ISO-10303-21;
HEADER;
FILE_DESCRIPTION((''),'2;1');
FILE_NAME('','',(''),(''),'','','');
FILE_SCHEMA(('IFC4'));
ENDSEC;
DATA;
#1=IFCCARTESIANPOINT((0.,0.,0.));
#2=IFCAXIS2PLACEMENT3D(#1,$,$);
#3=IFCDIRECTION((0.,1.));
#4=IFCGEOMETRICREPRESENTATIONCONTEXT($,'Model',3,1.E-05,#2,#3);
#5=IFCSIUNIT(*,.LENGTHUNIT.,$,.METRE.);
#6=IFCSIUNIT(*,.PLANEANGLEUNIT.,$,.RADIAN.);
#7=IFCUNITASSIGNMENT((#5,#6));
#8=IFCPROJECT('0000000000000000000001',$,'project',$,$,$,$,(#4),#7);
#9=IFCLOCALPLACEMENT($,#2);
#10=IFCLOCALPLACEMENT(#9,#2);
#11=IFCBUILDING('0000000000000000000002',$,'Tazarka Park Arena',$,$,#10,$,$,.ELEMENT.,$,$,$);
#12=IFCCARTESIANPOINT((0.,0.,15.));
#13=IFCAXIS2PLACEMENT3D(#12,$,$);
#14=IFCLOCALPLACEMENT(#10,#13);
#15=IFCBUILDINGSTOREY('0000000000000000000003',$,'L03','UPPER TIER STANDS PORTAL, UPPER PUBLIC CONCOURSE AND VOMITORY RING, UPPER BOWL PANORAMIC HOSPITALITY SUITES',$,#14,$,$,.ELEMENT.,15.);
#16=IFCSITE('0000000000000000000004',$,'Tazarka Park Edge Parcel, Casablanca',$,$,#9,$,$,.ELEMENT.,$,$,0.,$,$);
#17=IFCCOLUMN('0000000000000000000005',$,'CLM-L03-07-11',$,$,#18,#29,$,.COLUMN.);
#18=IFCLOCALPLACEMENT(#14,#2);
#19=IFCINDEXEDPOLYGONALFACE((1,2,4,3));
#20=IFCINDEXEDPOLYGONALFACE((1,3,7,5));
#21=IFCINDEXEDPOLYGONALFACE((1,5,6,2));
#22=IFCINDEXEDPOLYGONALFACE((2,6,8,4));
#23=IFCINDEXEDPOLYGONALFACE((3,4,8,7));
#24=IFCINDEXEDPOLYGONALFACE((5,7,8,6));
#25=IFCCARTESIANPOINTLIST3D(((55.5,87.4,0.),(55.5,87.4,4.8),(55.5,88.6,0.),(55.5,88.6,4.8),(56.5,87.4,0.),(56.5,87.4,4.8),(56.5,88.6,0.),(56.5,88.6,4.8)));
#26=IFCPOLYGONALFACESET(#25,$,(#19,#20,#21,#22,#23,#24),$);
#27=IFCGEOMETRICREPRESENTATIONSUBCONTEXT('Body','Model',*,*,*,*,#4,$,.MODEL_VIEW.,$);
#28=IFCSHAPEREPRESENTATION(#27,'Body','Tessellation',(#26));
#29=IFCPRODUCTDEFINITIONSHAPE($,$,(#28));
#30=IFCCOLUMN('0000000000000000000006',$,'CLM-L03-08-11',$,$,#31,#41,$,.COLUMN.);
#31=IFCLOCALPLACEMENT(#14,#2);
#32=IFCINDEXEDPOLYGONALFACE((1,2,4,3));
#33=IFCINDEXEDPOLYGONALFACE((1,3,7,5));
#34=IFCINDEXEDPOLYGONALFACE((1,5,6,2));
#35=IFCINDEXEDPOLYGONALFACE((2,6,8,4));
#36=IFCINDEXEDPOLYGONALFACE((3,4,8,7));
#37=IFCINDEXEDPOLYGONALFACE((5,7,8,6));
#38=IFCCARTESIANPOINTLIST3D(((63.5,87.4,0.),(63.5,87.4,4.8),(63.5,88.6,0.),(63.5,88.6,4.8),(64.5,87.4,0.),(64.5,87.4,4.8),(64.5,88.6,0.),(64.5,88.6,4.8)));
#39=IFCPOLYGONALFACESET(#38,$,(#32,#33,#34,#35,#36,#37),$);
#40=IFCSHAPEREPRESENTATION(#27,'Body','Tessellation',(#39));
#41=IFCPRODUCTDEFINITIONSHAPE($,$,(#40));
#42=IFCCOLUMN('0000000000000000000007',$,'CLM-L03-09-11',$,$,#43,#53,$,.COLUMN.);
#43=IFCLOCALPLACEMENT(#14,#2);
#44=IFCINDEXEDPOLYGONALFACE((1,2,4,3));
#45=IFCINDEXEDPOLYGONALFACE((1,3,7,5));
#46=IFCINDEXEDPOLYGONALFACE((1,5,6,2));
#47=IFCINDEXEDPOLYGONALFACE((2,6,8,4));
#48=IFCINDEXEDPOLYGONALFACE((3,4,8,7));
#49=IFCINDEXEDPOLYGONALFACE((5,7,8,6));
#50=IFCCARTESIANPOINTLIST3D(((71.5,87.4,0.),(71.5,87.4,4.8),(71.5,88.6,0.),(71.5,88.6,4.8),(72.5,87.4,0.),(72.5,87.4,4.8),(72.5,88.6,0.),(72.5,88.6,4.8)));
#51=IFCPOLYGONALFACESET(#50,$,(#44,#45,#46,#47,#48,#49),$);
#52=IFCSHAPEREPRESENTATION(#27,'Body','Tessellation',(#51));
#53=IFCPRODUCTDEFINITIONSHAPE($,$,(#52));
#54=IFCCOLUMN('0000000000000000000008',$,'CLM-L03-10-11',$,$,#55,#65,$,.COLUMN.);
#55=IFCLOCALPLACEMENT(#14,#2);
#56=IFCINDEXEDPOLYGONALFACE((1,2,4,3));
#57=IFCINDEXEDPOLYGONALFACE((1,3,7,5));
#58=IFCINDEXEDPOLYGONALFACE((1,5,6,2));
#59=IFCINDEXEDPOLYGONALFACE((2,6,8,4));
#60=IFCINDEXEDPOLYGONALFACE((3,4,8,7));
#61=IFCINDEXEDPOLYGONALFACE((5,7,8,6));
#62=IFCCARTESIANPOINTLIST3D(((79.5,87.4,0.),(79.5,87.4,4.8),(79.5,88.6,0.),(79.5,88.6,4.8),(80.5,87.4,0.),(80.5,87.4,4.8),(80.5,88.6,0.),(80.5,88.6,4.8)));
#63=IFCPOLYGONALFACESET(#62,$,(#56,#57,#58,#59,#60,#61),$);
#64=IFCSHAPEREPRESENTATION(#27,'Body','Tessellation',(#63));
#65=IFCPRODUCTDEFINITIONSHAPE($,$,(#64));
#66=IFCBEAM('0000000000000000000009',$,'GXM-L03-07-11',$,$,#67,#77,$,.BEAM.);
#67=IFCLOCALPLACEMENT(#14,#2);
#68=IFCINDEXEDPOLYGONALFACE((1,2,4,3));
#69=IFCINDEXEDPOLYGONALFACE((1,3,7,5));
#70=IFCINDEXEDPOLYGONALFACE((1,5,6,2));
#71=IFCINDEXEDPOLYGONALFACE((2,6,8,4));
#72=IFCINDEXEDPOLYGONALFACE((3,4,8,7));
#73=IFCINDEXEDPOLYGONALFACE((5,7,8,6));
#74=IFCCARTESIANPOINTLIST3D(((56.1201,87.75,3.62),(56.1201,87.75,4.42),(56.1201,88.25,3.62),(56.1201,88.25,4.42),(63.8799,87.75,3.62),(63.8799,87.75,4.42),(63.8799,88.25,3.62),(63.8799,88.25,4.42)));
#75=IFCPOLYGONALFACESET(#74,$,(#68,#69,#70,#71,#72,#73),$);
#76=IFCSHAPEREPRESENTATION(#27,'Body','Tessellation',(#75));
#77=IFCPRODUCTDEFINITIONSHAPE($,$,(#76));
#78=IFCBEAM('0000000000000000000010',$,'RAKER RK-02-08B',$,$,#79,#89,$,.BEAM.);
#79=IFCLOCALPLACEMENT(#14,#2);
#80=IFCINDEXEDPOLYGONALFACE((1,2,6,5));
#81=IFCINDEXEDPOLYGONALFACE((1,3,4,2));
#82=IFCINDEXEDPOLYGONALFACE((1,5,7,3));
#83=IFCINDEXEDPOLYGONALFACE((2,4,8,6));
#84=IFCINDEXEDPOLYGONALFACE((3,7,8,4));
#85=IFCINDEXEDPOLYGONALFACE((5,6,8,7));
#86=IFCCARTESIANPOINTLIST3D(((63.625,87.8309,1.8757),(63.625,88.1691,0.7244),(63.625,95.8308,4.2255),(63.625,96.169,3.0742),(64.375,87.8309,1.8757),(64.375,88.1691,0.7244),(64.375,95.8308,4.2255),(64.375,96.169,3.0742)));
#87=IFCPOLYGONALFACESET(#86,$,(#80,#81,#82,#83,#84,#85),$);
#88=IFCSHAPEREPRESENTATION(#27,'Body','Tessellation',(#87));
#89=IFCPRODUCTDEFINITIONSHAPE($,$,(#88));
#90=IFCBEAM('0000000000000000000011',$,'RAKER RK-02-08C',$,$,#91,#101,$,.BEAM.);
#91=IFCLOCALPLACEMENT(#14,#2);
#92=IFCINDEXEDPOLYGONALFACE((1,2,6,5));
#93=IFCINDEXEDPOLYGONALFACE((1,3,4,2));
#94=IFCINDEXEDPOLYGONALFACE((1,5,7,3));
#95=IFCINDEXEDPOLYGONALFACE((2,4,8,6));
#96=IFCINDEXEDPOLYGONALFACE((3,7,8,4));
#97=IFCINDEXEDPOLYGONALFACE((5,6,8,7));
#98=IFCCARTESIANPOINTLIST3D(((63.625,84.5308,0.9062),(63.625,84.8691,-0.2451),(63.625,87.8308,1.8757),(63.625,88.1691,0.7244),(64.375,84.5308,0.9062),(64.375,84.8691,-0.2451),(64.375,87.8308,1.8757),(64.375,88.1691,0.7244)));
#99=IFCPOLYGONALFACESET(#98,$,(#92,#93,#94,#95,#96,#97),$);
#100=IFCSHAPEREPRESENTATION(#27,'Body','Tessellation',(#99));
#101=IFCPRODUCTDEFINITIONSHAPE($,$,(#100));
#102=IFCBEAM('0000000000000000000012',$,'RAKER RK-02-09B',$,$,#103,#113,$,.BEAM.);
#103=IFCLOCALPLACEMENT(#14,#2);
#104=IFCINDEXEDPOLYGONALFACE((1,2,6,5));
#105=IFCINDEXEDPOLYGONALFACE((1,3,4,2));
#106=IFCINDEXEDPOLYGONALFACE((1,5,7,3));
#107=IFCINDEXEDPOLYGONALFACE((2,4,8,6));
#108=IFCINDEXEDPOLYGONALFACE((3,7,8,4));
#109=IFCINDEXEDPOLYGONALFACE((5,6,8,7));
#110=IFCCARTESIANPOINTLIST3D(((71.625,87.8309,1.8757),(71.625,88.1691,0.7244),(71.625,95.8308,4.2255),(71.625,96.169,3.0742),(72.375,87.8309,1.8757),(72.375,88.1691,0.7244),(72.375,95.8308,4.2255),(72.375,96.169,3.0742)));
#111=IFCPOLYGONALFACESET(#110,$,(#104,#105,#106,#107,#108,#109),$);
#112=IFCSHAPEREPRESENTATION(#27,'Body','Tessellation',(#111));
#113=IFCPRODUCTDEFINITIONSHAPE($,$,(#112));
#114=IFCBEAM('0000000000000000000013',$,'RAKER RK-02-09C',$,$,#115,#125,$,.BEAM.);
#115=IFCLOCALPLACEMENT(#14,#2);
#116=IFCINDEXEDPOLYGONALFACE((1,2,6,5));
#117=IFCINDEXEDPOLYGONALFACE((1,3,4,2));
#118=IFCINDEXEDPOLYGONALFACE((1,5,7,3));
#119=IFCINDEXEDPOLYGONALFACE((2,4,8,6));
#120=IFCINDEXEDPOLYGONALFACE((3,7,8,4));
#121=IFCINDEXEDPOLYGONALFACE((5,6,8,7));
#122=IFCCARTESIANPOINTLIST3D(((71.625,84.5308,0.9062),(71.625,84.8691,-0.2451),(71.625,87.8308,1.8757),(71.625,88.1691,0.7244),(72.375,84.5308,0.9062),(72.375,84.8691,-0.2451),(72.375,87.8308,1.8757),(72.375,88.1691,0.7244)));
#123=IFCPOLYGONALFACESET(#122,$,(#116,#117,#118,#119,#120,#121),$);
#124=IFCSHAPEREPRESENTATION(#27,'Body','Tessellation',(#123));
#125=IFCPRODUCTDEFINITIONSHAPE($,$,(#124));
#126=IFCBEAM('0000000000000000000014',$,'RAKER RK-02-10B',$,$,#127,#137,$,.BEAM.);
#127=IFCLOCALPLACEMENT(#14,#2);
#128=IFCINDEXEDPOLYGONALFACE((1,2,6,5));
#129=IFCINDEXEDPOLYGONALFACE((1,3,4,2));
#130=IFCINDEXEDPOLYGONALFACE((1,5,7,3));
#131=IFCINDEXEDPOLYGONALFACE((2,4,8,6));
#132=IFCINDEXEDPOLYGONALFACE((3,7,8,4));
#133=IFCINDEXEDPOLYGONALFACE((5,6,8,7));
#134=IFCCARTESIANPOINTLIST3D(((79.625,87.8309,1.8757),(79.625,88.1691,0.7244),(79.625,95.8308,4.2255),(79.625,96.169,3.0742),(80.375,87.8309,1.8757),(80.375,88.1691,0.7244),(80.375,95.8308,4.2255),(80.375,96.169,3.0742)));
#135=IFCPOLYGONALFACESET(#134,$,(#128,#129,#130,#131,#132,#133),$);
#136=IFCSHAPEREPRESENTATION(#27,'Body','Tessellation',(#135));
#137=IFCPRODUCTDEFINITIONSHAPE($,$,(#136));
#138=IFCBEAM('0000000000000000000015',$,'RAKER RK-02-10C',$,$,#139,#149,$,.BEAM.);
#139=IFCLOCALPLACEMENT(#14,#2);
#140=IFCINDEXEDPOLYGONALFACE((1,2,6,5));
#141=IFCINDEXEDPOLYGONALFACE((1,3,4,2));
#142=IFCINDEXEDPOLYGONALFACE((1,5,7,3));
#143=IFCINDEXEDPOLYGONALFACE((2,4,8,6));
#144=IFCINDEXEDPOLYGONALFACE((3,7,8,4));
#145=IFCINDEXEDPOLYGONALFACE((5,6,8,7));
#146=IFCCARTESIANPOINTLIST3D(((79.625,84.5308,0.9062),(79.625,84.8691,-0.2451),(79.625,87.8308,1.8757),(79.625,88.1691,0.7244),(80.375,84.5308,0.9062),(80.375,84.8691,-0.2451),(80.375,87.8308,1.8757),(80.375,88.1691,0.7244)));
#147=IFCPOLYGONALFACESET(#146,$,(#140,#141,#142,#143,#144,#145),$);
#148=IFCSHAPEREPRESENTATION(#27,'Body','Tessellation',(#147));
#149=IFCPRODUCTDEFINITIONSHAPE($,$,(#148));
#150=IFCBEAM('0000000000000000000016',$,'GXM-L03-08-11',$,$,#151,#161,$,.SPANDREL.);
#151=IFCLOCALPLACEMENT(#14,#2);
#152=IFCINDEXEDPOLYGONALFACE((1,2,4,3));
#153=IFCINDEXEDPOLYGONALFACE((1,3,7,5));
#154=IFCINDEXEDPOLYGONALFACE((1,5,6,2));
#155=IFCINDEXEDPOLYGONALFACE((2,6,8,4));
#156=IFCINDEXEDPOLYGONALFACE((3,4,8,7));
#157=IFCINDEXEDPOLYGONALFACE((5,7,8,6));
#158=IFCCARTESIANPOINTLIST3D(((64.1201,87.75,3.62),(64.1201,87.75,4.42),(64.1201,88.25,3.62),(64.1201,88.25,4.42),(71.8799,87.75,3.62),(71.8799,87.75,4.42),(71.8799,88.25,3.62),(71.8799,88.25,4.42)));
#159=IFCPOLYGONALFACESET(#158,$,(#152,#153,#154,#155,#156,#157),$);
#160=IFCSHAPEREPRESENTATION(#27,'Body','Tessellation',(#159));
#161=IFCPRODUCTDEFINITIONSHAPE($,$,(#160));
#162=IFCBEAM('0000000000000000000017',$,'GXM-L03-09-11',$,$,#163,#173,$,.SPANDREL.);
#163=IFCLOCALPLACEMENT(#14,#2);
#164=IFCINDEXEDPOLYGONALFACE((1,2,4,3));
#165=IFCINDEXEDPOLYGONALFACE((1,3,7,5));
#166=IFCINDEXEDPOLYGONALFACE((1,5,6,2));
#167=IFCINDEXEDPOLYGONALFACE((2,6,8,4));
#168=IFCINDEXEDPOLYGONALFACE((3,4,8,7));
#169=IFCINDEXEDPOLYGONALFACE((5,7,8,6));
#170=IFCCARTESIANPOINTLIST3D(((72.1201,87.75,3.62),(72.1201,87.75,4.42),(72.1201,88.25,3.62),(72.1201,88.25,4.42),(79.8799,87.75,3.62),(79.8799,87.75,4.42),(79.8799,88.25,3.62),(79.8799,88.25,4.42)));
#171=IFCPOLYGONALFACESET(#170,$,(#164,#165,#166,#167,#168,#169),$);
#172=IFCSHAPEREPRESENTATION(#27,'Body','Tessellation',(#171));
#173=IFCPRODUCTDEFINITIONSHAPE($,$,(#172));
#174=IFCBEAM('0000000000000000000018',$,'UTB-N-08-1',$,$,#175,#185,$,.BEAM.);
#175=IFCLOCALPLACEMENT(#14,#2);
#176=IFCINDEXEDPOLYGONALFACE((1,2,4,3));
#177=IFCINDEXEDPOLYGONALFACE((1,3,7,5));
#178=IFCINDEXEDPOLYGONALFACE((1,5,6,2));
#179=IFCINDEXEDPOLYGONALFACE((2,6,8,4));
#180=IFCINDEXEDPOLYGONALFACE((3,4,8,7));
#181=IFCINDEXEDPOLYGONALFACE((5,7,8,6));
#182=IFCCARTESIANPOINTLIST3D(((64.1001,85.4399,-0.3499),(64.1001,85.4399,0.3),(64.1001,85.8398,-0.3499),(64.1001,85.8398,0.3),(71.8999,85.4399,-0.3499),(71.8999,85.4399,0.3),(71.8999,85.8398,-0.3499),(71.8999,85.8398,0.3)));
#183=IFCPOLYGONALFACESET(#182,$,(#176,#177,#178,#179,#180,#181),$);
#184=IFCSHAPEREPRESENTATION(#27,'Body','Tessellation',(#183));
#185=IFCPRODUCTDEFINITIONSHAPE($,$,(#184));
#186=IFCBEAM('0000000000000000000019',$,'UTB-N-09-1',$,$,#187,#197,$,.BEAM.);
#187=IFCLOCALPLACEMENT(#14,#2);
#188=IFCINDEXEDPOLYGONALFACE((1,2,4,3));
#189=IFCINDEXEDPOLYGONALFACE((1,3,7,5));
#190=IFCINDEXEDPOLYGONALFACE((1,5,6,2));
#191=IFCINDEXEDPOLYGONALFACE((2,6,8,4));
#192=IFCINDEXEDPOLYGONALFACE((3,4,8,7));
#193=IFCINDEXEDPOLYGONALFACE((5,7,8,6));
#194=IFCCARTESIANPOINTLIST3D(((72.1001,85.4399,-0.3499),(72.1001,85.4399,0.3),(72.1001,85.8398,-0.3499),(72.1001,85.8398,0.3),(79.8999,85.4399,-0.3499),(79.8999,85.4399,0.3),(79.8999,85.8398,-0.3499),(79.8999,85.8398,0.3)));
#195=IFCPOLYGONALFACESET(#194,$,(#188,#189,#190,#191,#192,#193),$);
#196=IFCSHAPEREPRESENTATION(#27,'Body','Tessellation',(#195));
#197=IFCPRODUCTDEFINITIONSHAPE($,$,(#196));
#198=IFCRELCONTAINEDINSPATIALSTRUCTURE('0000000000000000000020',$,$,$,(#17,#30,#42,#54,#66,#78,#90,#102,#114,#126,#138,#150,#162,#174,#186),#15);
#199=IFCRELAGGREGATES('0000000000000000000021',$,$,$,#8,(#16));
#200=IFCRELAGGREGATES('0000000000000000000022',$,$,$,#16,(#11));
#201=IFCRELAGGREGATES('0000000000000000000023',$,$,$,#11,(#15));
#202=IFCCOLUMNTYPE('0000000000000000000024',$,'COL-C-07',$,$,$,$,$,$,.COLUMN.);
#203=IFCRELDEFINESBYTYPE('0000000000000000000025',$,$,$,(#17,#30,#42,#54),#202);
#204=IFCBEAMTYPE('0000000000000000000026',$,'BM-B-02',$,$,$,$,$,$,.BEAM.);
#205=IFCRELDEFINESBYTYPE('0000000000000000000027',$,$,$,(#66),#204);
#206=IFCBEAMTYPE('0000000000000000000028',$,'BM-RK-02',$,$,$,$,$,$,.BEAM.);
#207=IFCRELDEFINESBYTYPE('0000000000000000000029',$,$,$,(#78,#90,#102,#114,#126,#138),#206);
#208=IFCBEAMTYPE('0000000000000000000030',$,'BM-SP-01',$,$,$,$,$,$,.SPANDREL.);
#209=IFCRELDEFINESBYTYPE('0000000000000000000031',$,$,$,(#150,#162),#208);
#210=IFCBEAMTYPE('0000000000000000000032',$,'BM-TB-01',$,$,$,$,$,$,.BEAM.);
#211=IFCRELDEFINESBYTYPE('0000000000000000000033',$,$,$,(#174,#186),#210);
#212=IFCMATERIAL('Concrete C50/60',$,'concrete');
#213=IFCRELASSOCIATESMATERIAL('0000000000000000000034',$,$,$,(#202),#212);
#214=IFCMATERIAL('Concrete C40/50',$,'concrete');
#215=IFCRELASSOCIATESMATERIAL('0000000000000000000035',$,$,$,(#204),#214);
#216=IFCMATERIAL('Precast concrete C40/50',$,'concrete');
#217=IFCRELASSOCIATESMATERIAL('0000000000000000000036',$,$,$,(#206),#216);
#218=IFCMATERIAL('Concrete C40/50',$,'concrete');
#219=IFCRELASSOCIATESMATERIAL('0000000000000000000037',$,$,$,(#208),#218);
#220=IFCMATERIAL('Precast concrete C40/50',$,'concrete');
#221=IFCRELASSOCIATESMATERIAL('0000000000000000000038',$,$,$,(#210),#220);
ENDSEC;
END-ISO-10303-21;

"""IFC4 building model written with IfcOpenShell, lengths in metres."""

from ifc_helpers import new_model, si_unit, direction, frame, origin, origin_2d, place, context, subcontext, project, spatial, rectangle, extrude, material, material_profile, profile_set, type_object, element, save


model = new_model("IFC4")

# Units and contexts
model_context = context("Model", 3, precision=1e-05, world=origin(), true_north=direction((0.0, 1.0)))
body_context = subcontext(model_context, "Body", "Model", "MODEL_VIEW")
ifc_project = project(units=[si_unit("LENGTHUNIT", "METRE"), si_unit("PLANEANGLEUNIT", "RADIAN")], contexts=[model_context])

# Site, building, storey
site_placement = place(None, origin())
site = spatial("IfcSite", under=ifc_project, at=site_placement, Name="Tazarka Park Edge Parcel, Casablanca", CompositionType="ELEMENT", RefElevation=0.0)
building_placement = place(site_placement, origin())
building = spatial("IfcBuilding", under=site, at=building_placement, Name="Tazarka Park Arena", CompositionType="ELEMENT")
storey_placement = place(building_placement, frame((0.0, 0.0, 15.0)))
storey = spatial("IfcBuildingStorey", under=building, at=storey_placement, Name="L03", Description="UPPER TIER STANDS PORTAL, UPPER PUBLIC CONCOURSE AND VOMITORY RING, UPPER BOWL PANORAMIC HOSPITALITY SUITES", CompositionType="ELEMENT", Elevation=15.0)

# Columns
ifc_material_1 = material(Name="Concrete C50/60", Category="concrete")
ifc_material_profile_1 = material_profile(ifc_material_1, rectangle(XDim=1.0, YDim=1.2, at=origin_2d()), Name="Concrete C50/60")
ifc_profile_set_1 = profile_set([ifc_material_profile_1], Name="Concrete C50/60")
column_type = type_object("IfcColumnType", Name="COL-C-07", PredefinedType="COLUMN", material=ifc_profile_set_1)
for number, where, z_axis, x_axis, name in (
    (1, (56.0, 88.0, 0.0), (0.0, 0.0, 1.0), (1.0, 0.0, 0.0), "CLM-L03-07-11"),
    (2, (64.0, 88.0, 0.0), (0.0, 0.0, 1.0), (1.0, 0.0, 0.0), "CLM-L03-08-11"),
    (3, (72.0, 88.0, 0.0), (0.0, 0.0, 1.0), (1.0, 0.0, 0.0), "CLM-L03-09-11"),
    (4, (80.0, 88.0, 0.0), (0.0, 0.0, 1.0), (1.0, 0.0, 0.0), "CLM-L03-10-11"),
):
    element("IfcColumn", number, at=place(storey_placement, frame(where, z_axis=z_axis, x_axis=x_axis)), inside=storey, type_object=column_type, Name=name, PredefinedType="COLUMN", context=body_context, shape_type="SweptSolid", body=[
        extrude(rectangle(XDim=1.0, YDim=1.2, at=origin_2d()), origin(), (0.0, 0.0, 1.0), 4.8),
    ])

# Beams
ifc_material_2 = material(Name="Concrete C40/50", Category="concrete")
ifc_material_profile_2 = material_profile(ifc_material_2, rectangle(XDim=0.5, YDim=0.8, at=origin_2d()), Name="Concrete C40/50")
ifc_profile_set_2 = profile_set([ifc_material_profile_2], Name="Concrete C40/50")
beam_type_1 = type_object("IfcBeamType", Name="BM-B-02", PredefinedType="BEAM", material=ifc_profile_set_2)
beam_1_placement = place(storey_placement, frame((56.1201, 88.0, 4.02), z_axis=(1.0, 0.0, 0.0), x_axis=(0.0, 1.0, 0.0)))
element("IfcBeam", 5, at=beam_1_placement, inside=storey, type_object=beam_type_1, Name="GXM-L03-07-11", PredefinedType="BEAM", context=body_context, shape_type="SweptSolid", body=[
    extrude(rectangle(XDim=0.5, YDim=0.8, at=origin_2d()), origin(), (0.0, 0.0, 1.0), 7.7598),
])
ifc_material_3 = material(Name="Precast concrete C40/50", Category="concrete")
ifc_material_profile_3 = material_profile(ifc_material_3, rectangle(XDim=0.75, YDim=1.2, at=origin_2d()), Name="Precast concrete C40/50")
ifc_profile_set_3 = profile_set([ifc_material_profile_3], Name="Precast concrete C40/50")
beam_type_2 = type_object("IfcBeamType", Name="BM-RK-02", PredefinedType="BEAM", material=ifc_profile_set_3)
beam_2_placement = place(storey_placement, frame((64.0, 88.0, 1.3), z_axis=(0.0, 0.959466, 0.281825), x_axis=(-1.0, 0.0, 0.0)))
element("IfcBeam", 6, at=beam_2_placement, inside=storey, type_object=beam_type_2, Name="RAKER RK-02-08B", PredefinedType="BEAM", context=body_context, shape_type="SweptSolid", body=[
    extrude(rectangle(XDim=0.75, YDim=1.2, at=origin_2d()), origin(), (0.0, 0.0, 1.0), 8.3379),
])
beam_3_placement = place(storey_placement, frame((64.0, 84.7, 0.3306), z_axis=(0.0, 0.959454, 0.281867), x_axis=(-1.0, 0.0, 0.0)))
element("IfcBeam", 7, at=beam_3_placement, inside=storey, type_object=beam_type_2, Name="RAKER RK-02-08C", PredefinedType="BEAM", context=body_context, shape_type="SweptSolid", body=[
    extrude(rectangle(XDim=0.75, YDim=1.2, at=origin_2d()), origin(), (0.0, 0.0, 1.0), 3.4395),
])
beam_4_placement = place(storey_placement, frame((72.0, 88.0, 1.3), z_axis=(0.0, 0.959466, 0.281825), x_axis=(-1.0, 0.0, 0.0)))
element("IfcBeam", 8, at=beam_4_placement, inside=storey, type_object=beam_type_2, Name="RAKER RK-02-09B", PredefinedType="BEAM", context=body_context, shape_type="SweptSolid", body=[
    extrude(rectangle(XDim=0.75, YDim=1.2, at=origin_2d()), origin(), (0.0, 0.0, 1.0), 8.3379),
])
beam_5_placement = place(storey_placement, frame((72.0, 84.7, 0.3306), z_axis=(0.0, 0.959454, 0.281867), x_axis=(-1.0, 0.0, 0.0)))
element("IfcBeam", 9, at=beam_5_placement, inside=storey, type_object=beam_type_2, Name="RAKER RK-02-09C", PredefinedType="BEAM", context=body_context, shape_type="SweptSolid", body=[
    extrude(rectangle(XDim=0.75, YDim=1.2, at=origin_2d()), origin(), (0.0, 0.0, 1.0), 3.4395),
])
beam_6_placement = place(storey_placement, frame((80.0, 88.0, 1.3), z_axis=(0.0, 0.959466, 0.281825), x_axis=(-1.0, 0.0, 0.0)))
element("IfcBeam", 10, at=beam_6_placement, inside=storey, type_object=beam_type_2, Name="RAKER RK-02-10B", PredefinedType="BEAM", context=body_context, shape_type="SweptSolid", body=[
    extrude(rectangle(XDim=0.75, YDim=1.2, at=origin_2d()), origin(), (0.0, 0.0, 1.0), 8.3379),
])
beam_7_placement = place(storey_placement, frame((80.0, 84.7, 0.3306), z_axis=(0.0, 0.959454, 0.281867), x_axis=(-1.0, 0.0, 0.0)))
element("IfcBeam", 11, at=beam_7_placement, inside=storey, type_object=beam_type_2, Name="RAKER RK-02-10C", PredefinedType="BEAM", context=body_context, shape_type="SweptSolid", body=[
    extrude(rectangle(XDim=0.75, YDim=1.2, at=origin_2d()), origin(), (0.0, 0.0, 1.0), 3.4395),
])
ifc_material_4 = material(Name="Concrete C40/50", Category="concrete")
ifc_material_profile_4 = material_profile(ifc_material_4, rectangle(XDim=0.5, YDim=0.8, at=origin_2d()), Name="Concrete C40/50")
ifc_profile_set_4 = profile_set([ifc_material_profile_4], Name="Concrete C40/50")
beam_type_3 = type_object("IfcBeamType", Name="BM-SP-01", PredefinedType="SPANDREL", material=ifc_profile_set_4)
for number, where, z_axis, x_axis, name in (
    (12, (64.1201, 88.0, 4.02), (1.0, 0.0, 0.0), (0.0, 1.0, 0.0), "GXM-L03-08-11"),
    (13, (72.1201, 88.0, 4.02), (1.0, 0.0, 0.0), (0.0, 1.0, 0.0), "GXM-L03-09-11"),
):
    element("IfcBeam", number, at=place(storey_placement, frame(where, z_axis=z_axis, x_axis=x_axis)), inside=storey, type_object=beam_type_3, Name=name, PredefinedType="SPANDREL", context=body_context, shape_type="SweptSolid", body=[
        extrude(rectangle(XDim=0.5, YDim=0.8, at=origin_2d()), origin(), (0.0, 0.0, 1.0), 7.7598),
    ])
ifc_material_5 = material(Name="Precast concrete C40/50", Category="concrete")
ifc_material_profile_5 = material_profile(ifc_material_5, rectangle(XDim=0.3999, YDim=0.6499, at=origin_2d()), Name="Precast concrete C40/50")
ifc_profile_set_5 = profile_set([ifc_material_profile_5], Name="Precast concrete C40/50")
beam_type_4 = type_object("IfcBeamType", Name="BM-TB-01", PredefinedType="BEAM", material=ifc_profile_set_5)
for number, where, z_axis, x_axis, name in (
    (14, (64.1001, 85.6399, -0.0249), (1.0, 0.0, 0.0), (0.0, 1.0, 0.0), "UTB-N-08-1"),
    (15, (72.1001, 85.6399, -0.0249), (1.0, 0.0, 0.0), (0.0, 1.0, 0.0), "UTB-N-09-1"),
):
    element("IfcBeam", number, at=place(storey_placement, frame(where, z_axis=z_axis, x_axis=x_axis)), inside=storey, type_object=beam_type_4, Name=name, PredefinedType="BEAM", context=body_context, shape_type="SweptSolid", body=[
        extrude(rectangle(XDim=0.3999, YDim=0.6499, at=origin_2d()), origin(), (0.0, 0.0, 1.0), 7.7998),
    ])

save(model, "model.ifc")
